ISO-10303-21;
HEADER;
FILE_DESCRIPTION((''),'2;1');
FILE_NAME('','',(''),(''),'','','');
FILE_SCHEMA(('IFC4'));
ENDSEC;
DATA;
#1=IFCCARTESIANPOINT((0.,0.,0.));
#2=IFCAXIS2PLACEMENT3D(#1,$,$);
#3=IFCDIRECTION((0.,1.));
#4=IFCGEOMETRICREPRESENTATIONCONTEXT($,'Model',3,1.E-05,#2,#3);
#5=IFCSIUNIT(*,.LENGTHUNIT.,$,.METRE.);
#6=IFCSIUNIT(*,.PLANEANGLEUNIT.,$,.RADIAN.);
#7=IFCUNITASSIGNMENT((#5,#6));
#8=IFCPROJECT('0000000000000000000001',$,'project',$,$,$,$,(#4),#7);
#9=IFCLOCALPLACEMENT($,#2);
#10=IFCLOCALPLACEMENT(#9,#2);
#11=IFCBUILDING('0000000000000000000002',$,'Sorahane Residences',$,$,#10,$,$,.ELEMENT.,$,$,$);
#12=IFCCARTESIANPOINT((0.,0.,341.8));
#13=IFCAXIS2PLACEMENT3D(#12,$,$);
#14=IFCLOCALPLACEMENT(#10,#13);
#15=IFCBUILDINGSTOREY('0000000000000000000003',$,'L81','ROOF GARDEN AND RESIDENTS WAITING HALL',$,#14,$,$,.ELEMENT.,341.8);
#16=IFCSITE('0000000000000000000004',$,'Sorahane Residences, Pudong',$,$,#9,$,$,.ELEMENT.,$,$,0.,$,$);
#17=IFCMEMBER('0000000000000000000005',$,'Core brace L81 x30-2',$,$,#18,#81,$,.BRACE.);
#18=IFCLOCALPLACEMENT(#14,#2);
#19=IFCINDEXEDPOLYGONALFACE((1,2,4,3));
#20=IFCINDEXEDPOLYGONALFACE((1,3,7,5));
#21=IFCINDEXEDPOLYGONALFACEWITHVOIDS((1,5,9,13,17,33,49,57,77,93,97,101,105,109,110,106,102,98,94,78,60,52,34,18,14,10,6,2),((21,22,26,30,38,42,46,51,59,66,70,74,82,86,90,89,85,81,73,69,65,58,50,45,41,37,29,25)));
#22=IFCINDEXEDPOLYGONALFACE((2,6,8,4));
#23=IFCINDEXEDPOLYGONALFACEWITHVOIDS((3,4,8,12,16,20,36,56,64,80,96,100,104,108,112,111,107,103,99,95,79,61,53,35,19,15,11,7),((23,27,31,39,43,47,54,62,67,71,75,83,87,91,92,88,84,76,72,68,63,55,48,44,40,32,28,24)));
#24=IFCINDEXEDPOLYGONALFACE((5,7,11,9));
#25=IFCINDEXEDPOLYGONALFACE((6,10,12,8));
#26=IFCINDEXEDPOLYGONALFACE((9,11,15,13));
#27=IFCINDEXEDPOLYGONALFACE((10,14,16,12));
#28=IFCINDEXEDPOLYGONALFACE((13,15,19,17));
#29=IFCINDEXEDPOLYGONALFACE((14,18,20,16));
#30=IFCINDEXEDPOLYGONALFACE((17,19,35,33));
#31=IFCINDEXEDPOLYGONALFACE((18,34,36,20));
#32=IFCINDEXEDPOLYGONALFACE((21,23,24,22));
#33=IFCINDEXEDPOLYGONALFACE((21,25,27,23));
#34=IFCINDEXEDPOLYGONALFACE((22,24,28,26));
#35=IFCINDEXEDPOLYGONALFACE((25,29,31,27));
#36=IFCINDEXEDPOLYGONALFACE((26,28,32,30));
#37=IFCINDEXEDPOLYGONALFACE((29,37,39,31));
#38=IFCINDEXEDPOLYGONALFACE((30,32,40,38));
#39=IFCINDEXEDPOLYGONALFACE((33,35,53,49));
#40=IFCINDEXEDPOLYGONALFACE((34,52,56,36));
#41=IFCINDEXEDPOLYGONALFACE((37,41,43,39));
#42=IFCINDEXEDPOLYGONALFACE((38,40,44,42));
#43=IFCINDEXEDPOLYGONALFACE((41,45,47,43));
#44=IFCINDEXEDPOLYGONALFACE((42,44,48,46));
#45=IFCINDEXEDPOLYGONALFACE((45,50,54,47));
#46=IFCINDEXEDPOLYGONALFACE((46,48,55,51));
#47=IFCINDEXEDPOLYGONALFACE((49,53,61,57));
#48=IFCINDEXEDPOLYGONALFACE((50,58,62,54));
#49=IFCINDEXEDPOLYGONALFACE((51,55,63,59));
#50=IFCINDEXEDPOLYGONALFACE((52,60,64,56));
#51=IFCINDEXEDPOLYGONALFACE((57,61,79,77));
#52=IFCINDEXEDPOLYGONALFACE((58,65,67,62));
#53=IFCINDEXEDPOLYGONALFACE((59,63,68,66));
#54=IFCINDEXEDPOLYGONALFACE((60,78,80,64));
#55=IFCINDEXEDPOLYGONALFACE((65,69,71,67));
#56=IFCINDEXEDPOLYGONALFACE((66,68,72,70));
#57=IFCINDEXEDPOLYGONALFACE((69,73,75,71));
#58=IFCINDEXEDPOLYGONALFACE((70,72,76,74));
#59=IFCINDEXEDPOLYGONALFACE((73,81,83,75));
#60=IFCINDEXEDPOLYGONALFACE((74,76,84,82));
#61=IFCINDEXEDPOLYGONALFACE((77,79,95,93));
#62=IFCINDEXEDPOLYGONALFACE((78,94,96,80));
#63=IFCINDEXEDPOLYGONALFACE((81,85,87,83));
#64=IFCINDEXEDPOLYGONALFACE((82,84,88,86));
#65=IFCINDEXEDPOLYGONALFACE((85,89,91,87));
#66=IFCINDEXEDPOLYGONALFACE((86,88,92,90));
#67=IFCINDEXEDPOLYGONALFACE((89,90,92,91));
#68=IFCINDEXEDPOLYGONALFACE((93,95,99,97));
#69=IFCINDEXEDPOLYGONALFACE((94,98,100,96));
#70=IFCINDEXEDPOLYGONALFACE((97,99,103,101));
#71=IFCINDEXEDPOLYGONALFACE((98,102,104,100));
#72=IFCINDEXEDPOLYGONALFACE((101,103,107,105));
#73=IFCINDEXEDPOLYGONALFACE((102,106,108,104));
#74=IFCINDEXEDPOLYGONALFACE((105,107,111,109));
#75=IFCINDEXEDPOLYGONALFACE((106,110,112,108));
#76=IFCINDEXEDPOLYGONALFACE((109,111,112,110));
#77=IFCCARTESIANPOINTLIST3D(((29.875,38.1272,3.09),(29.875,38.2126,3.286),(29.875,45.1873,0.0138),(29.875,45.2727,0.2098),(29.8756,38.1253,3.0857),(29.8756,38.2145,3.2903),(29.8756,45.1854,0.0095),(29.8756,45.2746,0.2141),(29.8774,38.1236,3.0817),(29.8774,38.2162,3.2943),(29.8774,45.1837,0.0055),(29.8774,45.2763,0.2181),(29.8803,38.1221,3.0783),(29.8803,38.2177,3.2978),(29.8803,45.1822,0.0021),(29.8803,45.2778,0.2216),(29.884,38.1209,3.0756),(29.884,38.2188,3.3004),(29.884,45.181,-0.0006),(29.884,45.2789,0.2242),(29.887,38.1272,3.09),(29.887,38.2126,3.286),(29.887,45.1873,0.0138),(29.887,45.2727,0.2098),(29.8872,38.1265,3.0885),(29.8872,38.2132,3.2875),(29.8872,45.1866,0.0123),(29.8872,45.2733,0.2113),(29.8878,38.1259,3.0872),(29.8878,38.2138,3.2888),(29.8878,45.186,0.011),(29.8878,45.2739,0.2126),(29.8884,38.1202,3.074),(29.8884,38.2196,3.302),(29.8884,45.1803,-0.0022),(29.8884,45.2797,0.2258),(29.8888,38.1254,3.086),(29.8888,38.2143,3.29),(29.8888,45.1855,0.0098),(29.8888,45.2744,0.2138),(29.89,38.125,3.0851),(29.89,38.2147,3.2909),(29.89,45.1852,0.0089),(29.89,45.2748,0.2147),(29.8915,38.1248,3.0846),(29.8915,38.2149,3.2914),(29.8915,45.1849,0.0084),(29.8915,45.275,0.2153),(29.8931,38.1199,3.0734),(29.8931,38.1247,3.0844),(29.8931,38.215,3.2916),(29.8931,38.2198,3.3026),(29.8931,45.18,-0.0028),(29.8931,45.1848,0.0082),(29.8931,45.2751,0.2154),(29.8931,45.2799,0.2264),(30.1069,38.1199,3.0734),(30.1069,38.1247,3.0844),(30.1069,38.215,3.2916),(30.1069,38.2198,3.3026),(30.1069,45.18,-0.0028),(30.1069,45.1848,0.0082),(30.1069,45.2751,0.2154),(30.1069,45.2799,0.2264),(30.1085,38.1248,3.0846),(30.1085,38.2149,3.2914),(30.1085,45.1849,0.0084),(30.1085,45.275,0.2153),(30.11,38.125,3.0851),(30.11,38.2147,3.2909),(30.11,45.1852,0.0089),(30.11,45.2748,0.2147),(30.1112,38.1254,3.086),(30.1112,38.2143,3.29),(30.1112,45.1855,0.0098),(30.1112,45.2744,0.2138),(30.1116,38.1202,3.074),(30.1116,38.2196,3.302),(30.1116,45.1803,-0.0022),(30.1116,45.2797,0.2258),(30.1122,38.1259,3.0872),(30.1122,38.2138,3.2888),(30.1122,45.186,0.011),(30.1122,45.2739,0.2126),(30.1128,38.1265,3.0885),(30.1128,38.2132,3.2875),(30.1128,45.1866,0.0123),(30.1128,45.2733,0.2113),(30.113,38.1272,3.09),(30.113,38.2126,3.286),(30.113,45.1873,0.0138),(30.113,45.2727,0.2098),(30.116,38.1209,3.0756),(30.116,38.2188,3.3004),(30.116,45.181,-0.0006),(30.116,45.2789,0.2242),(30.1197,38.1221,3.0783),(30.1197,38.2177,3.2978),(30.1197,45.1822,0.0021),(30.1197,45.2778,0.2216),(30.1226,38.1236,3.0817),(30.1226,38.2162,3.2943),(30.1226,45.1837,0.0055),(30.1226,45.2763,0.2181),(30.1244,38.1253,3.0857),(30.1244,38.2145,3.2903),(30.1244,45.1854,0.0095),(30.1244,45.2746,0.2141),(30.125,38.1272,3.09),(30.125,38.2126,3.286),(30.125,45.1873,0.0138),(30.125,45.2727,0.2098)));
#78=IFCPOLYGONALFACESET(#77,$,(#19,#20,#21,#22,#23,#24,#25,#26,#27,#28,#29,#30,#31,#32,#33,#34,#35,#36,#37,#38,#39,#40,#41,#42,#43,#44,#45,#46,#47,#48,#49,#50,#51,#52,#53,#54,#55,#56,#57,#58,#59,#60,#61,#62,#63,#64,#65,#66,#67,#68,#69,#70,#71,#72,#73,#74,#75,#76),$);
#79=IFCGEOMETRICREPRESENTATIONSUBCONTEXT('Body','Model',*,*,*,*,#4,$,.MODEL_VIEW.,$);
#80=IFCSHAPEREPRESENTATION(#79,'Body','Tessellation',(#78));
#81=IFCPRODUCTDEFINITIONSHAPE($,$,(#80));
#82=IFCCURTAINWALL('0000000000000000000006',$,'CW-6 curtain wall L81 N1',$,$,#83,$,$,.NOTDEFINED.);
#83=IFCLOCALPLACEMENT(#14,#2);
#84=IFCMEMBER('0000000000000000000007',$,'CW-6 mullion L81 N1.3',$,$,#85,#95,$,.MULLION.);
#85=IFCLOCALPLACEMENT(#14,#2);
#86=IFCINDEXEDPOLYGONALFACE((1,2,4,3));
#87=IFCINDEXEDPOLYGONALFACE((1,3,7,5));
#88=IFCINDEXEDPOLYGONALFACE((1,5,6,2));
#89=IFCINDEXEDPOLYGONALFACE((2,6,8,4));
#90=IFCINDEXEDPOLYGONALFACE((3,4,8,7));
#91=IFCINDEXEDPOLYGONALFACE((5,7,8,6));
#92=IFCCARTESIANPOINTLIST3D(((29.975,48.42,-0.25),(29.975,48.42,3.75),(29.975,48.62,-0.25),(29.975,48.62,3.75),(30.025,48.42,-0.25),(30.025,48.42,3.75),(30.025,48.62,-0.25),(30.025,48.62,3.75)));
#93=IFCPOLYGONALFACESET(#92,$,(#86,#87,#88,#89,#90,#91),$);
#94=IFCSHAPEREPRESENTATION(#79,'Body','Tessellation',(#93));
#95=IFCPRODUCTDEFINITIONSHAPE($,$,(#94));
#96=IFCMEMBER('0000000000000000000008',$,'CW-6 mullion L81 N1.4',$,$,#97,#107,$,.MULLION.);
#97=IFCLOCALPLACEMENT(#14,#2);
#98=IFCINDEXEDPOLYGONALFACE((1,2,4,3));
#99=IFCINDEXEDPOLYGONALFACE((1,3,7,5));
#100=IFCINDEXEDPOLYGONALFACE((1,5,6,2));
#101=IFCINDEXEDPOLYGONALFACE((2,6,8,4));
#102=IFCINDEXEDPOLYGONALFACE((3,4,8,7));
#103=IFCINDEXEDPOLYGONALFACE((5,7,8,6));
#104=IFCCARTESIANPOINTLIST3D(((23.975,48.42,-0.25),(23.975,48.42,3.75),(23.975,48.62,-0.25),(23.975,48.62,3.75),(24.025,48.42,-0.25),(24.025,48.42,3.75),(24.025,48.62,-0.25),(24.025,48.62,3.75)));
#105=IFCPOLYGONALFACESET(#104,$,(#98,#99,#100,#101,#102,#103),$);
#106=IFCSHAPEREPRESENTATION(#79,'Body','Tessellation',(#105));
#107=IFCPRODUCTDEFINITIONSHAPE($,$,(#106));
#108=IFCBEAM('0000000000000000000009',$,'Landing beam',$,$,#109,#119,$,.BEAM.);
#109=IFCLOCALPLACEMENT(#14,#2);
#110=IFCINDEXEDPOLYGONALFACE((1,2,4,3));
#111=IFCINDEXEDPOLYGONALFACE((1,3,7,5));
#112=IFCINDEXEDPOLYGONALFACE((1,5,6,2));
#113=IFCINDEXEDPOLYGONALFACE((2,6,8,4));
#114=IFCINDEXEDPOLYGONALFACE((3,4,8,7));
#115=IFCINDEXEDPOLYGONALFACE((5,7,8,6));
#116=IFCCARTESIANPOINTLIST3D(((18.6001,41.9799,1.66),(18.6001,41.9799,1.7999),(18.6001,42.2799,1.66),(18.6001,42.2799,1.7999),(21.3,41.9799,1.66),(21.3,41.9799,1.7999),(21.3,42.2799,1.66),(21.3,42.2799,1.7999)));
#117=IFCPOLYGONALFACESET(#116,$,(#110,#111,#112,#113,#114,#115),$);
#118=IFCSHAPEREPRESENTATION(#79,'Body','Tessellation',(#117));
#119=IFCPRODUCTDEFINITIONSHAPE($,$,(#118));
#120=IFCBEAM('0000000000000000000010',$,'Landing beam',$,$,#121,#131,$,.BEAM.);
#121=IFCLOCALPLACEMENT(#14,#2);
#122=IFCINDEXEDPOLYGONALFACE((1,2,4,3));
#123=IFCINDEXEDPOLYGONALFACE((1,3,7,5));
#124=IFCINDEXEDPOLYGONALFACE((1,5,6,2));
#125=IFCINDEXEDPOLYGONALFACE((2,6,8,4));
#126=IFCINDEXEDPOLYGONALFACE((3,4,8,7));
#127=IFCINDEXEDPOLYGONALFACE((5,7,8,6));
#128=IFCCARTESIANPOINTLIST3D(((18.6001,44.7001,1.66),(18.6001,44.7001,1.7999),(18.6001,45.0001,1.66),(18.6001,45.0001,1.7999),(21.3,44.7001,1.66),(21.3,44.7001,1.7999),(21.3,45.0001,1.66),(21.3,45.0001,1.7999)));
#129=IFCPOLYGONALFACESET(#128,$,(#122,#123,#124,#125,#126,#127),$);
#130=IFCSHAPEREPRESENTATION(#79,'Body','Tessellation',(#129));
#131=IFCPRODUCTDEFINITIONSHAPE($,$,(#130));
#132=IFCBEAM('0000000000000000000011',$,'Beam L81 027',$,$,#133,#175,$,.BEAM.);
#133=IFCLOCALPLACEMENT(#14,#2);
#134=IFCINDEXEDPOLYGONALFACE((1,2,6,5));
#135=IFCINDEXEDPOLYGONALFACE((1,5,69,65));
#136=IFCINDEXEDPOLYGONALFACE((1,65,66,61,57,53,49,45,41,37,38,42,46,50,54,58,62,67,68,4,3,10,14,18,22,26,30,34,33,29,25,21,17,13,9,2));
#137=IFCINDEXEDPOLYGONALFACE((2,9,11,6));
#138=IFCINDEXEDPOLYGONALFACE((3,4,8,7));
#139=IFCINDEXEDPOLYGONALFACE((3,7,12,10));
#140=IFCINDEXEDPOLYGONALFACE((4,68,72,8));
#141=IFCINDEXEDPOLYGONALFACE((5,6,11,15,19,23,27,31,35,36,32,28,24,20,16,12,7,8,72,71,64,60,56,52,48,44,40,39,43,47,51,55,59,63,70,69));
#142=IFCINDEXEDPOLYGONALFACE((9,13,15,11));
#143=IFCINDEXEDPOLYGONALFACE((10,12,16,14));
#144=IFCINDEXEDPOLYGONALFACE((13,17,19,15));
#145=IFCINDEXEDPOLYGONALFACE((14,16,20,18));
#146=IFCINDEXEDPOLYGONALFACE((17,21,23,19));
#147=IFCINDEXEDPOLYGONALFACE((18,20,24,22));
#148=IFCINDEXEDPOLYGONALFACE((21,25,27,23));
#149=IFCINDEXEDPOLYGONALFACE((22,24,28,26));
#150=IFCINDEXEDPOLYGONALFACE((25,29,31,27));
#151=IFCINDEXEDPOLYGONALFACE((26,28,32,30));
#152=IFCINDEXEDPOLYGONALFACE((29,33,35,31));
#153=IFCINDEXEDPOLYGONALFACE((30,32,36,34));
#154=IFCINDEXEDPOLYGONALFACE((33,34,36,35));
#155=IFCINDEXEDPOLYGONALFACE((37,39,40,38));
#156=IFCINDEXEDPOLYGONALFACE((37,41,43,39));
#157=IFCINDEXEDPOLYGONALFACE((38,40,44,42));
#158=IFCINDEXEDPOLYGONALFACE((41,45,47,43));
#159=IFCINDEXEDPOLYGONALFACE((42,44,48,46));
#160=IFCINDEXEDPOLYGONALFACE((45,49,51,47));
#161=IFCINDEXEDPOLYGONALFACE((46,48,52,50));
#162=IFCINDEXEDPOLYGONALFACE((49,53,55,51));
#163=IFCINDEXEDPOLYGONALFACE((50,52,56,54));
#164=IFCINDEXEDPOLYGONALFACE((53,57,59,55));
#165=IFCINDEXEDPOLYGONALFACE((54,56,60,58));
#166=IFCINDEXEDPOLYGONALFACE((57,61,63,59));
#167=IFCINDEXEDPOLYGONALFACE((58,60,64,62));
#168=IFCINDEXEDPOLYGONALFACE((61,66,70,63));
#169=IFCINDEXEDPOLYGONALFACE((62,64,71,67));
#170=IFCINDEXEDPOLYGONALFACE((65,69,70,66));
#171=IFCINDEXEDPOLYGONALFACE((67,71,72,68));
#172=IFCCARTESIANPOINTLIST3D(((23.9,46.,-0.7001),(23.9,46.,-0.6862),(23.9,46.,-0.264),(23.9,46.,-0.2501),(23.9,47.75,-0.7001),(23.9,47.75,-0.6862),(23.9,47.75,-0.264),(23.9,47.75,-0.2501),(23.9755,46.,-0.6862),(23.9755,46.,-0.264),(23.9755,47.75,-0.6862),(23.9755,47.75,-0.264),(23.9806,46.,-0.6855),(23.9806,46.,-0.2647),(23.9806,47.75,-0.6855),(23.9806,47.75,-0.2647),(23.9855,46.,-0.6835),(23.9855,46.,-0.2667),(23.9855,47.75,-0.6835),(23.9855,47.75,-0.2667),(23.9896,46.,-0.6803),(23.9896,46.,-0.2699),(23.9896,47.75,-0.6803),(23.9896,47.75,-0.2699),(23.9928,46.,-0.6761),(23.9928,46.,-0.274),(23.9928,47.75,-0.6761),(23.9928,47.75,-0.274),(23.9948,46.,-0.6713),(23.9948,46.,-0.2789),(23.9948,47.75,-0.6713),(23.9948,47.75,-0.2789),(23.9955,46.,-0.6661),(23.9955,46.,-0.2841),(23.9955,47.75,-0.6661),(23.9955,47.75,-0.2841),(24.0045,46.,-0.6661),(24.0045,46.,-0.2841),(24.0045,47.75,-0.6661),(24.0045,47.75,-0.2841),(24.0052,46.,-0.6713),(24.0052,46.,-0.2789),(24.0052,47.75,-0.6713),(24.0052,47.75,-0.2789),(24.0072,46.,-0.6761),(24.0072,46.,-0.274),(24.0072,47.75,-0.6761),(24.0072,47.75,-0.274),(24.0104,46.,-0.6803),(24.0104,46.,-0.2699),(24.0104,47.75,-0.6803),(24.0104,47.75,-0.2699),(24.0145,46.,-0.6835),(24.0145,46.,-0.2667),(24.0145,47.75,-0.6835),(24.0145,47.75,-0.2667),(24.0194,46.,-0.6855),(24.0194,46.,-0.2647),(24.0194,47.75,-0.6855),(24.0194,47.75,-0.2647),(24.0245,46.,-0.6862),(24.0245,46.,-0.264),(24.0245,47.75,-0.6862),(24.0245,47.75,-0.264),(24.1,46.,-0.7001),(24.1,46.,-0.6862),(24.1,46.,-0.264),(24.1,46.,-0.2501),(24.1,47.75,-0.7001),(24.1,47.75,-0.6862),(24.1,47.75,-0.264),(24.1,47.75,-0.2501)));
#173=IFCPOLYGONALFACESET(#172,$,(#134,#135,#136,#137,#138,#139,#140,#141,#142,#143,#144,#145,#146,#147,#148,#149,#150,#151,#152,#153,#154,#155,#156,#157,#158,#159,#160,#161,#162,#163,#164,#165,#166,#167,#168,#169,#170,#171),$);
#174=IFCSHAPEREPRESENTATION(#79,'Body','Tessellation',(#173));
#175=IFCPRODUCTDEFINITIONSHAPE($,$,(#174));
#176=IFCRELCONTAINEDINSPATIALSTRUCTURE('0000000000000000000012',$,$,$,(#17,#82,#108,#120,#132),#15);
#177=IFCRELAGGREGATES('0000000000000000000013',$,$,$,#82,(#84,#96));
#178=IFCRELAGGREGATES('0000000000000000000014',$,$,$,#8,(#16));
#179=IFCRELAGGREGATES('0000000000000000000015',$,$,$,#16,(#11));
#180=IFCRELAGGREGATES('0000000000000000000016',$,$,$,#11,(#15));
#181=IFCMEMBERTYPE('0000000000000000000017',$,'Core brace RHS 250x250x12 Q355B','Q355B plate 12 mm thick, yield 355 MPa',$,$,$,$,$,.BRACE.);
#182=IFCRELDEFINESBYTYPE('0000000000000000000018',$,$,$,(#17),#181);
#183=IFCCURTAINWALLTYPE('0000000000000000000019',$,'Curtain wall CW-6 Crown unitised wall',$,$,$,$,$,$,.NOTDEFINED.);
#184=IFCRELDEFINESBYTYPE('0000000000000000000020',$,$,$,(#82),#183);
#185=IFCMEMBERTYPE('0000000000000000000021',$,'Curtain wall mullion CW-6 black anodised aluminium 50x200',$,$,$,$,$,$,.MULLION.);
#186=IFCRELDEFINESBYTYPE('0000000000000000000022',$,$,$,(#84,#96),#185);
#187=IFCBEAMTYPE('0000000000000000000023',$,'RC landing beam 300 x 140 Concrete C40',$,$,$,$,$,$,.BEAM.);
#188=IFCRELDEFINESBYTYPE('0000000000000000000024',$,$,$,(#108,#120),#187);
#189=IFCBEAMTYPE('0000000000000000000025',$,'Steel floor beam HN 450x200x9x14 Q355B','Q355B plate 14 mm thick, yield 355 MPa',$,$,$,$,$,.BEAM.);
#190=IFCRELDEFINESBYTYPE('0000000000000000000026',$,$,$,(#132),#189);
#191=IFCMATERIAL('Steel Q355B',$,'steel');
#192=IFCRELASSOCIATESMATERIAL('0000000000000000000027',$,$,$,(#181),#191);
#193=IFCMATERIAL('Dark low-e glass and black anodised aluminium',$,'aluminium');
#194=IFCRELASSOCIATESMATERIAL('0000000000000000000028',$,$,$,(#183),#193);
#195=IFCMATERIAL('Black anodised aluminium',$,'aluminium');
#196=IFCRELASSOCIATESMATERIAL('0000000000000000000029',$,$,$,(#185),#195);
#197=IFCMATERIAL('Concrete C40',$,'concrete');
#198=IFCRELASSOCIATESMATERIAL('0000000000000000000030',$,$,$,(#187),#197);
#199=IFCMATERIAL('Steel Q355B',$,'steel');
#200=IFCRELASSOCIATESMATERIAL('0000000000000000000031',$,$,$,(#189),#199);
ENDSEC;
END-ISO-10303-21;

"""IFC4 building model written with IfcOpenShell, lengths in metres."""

from ifc_helpers import new_model, si_unit, direction, frame, origin, origin_2d, place, context, subcontext, project, spatial, rectangle, hollow_rectangle, i_section, extrude, material, material_profile, profile_set, type_object, element, aggregate, save


model = new_model("IFC4")

# Units and contexts
model_context = context("Model", 3, precision=1e-05, world=origin(), true_north=direction((0.0, 1.0)))
body_context = subcontext(model_context, "Body", "Model", "MODEL_VIEW")
ifc_project = project(units=[si_unit("LENGTHUNIT", "METRE"), si_unit("PLANEANGLEUNIT", "RADIAN")], contexts=[model_context])

# Site, building, storey
site_placement = place(None, origin())
site = spatial("IfcSite", under=ifc_project, at=site_placement, Name="Sorahane Residences, Pudong", CompositionType="ELEMENT", RefElevation=0.0)
building_placement = place(site_placement, origin())
building = spatial("IfcBuilding", under=site, at=building_placement, Name="Sorahane Residences", CompositionType="ELEMENT")
storey_placement = place(building_placement, frame((0.0, 0.0, 341.8)))
storey = spatial("IfcBuildingStorey", under=building, at=storey_placement, Name="L81", Description="ROOF GARDEN AND RESIDENTS WAITING HALL", CompositionType="ELEMENT", Elevation=341.8)

# Member
ifc_material_1 = material(Name="Steel Q355B", Category="steel")
ifc_material_profile_1 = material_profile(ifc_material_1, hollow_rectangle(XDim=0.25, YDim=0.25, WallThickness=0.012, InnerFilletRadius=0.0061, OuterFilletRadius=0.0181, at=origin_2d()), Name="RHS 250x250x12")
ifc_profile_set_1 = profile_set([ifc_material_profile_1], Name="Steel Q355B")
member_type_1 = type_object("IfcMemberType", Name="Core brace RHS 250x250x12 Q355B", Description="Q355B plate 12 mm thick, yield 355 MPa", PredefinedType="BRACE", material=ifc_profile_set_1)
member_1_placement = place(storey_placement, frame((30.0, 45.23, 0.1118), z_axis=(0.0, -0.916757, 0.399445), x_axis=(1.0, 0.0, 0.0)))
element("IfcMember", 1, at=member_1_placement, inside=storey, type_object=member_type_1, Name="Core brace L81 x30-2", PredefinedType="BRACE", context=body_context, shape_type="SweptSolid", body=[
    extrude(hollow_rectangle(XDim=0.25, YDim=0.25, WallThickness=0.012, InnerFilletRadius=0.0061, OuterFilletRadius=0.0181, at=origin_2d()), origin(), (0.0, 0.0, 1.0), 7.7012),
])

# Curtain wall, members
ifc_material_2 = material(Name="Dark low-e glass and black anodised aluminium", Category="aluminium")
curtain_wall_type = type_object("IfcCurtainWallType", Name="Curtain wall CW-6 Crown unitised wall", PredefinedType="NOTDEFINED", material=ifc_material_2)
curtain_wall_placement = place(storey_placement, origin())
curtain_wall = element("IfcCurtainWall", 2, at=curtain_wall_placement, inside=storey, type_object=curtain_wall_type, Name="CW-6 curtain wall L81 N1", PredefinedType="NOTDEFINED")
ifc_material_3 = material(Name="Black anodised aluminium", Category="aluminium")
ifc_material_profile_2 = material_profile(ifc_material_3, rectangle(XDim=0.2, YDim=0.05, at=origin_2d()), Name="Curtain wall mullion CW-6 black anodised aluminium 50x200")
ifc_profile_set_2 = profile_set([ifc_material_profile_2], Name="Black anodised aluminium")
member_type_2 = type_object("IfcMemberType", Name="Curtain wall mullion CW-6 black anodised aluminium 50x200", PredefinedType="MULLION", material=ifc_profile_set_2)
member_2_placement = place(storey_placement, frame((30.0, 48.52, -0.25), z_axis=(0.0, 0.0, 1.0), x_axis=(0.0, 1.0, 0.0)))
member_2 = element("IfcMember", 3, at=member_2_placement, type_object=member_type_2, Name="CW-6 mullion L81 N1.3", PredefinedType="MULLION", context=body_context, shape_type="SweptSolid", body=[
    extrude(rectangle(XDim=0.2, YDim=0.05, at=origin_2d()), origin(), (0.0, 0.0, 1.0), 4.0),
])
member_3_placement = place(storey_placement, frame((24.0, 48.52, -0.25), z_axis=(0.0, 0.0, 1.0), x_axis=(0.0, 1.0, 0.0)))
member_3 = element("IfcMember", 4, at=member_3_placement, type_object=member_type_2, Name="CW-6 mullion L81 N1.4", PredefinedType="MULLION", context=body_context, shape_type="SweptSolid", body=[
    extrude(rectangle(XDim=0.2, YDim=0.05, at=origin_2d()), origin(), (0.0, 0.0, 1.0), 4.0),
])

# Beams
ifc_material_4 = material(Name="Concrete C40", Category="concrete")
ifc_material_profile_3 = material_profile(ifc_material_4, rectangle(XDim=0.3, YDim=0.1399, at=origin_2d()), Name="300x140")
ifc_profile_set_3 = profile_set([ifc_material_profile_3], Name="Concrete C40")
beam_type_1 = type_object("IfcBeamType", Name="RC landing beam 300 x 140 Concrete C40", PredefinedType="BEAM", material=ifc_profile_set_3)
for number, where, z_axis, x_axis, name in (
    (5, (18.6001, 42.1299, 1.73), (1.0, 0.0, 0.0), (0.0, 1.0, 0.0), "Landing beam"),
    (6, (18.6001, 44.8501, 1.73), (1.0, 0.0, 0.0), (0.0, 1.0, 0.0), "Landing beam"),
):
    element("IfcBeam", number, at=place(storey_placement, frame(where, z_axis=z_axis, x_axis=x_axis)), inside=storey, type_object=beam_type_1, Name=name, PredefinedType="BEAM", context=body_context, shape_type="SweptSolid", body=[
        extrude(rectangle(XDim=0.3, YDim=0.1399, at=origin_2d()), origin(), (0.0, 0.0, 1.0), 2.7),
    ])
ifc_material_5 = material(Name="Steel Q355B", Category="steel")
ifc_material_profile_4 = material_profile(ifc_material_5, i_section(OverallWidth=0.2, OverallDepth=0.45, WebThickness=0.009, FlangeThickness=0.0139, FilletRadius=0.02, at=origin_2d()), Name="HN 450x200x9x14")
ifc_profile_set_4 = profile_set([ifc_material_profile_4], Name="Steel Q355B")
beam_type_2 = type_object("IfcBeamType", Name="Steel floor beam HN 450x200x9x14 Q355B", Description="Q355B plate 14 mm thick, yield 355 MPa", PredefinedType="BEAM", material=ifc_profile_set_4)
beam_1_placement = place(storey_placement, frame((24.0, 46.0, -0.4751), z_axis=(0.0, 1.0, 0.0), x_axis=(-1.0, 0.0, 0.0)))
element("IfcBeam", 7, at=beam_1_placement, inside=storey, type_object=beam_type_2, Name="Beam L81 027", PredefinedType="BEAM", context=body_context, shape_type="SweptSolid", body=[
    extrude(i_section(OverallWidth=0.2, OverallDepth=0.45, WebThickness=0.009, FlangeThickness=0.0139, FilletRadius=0.02, at=origin_2d()), origin(), (0.0, 0.0, 1.0), 1.75),
])

aggregate(curtain_wall, [member_2, member_3])

save(model, "model.ifc")
